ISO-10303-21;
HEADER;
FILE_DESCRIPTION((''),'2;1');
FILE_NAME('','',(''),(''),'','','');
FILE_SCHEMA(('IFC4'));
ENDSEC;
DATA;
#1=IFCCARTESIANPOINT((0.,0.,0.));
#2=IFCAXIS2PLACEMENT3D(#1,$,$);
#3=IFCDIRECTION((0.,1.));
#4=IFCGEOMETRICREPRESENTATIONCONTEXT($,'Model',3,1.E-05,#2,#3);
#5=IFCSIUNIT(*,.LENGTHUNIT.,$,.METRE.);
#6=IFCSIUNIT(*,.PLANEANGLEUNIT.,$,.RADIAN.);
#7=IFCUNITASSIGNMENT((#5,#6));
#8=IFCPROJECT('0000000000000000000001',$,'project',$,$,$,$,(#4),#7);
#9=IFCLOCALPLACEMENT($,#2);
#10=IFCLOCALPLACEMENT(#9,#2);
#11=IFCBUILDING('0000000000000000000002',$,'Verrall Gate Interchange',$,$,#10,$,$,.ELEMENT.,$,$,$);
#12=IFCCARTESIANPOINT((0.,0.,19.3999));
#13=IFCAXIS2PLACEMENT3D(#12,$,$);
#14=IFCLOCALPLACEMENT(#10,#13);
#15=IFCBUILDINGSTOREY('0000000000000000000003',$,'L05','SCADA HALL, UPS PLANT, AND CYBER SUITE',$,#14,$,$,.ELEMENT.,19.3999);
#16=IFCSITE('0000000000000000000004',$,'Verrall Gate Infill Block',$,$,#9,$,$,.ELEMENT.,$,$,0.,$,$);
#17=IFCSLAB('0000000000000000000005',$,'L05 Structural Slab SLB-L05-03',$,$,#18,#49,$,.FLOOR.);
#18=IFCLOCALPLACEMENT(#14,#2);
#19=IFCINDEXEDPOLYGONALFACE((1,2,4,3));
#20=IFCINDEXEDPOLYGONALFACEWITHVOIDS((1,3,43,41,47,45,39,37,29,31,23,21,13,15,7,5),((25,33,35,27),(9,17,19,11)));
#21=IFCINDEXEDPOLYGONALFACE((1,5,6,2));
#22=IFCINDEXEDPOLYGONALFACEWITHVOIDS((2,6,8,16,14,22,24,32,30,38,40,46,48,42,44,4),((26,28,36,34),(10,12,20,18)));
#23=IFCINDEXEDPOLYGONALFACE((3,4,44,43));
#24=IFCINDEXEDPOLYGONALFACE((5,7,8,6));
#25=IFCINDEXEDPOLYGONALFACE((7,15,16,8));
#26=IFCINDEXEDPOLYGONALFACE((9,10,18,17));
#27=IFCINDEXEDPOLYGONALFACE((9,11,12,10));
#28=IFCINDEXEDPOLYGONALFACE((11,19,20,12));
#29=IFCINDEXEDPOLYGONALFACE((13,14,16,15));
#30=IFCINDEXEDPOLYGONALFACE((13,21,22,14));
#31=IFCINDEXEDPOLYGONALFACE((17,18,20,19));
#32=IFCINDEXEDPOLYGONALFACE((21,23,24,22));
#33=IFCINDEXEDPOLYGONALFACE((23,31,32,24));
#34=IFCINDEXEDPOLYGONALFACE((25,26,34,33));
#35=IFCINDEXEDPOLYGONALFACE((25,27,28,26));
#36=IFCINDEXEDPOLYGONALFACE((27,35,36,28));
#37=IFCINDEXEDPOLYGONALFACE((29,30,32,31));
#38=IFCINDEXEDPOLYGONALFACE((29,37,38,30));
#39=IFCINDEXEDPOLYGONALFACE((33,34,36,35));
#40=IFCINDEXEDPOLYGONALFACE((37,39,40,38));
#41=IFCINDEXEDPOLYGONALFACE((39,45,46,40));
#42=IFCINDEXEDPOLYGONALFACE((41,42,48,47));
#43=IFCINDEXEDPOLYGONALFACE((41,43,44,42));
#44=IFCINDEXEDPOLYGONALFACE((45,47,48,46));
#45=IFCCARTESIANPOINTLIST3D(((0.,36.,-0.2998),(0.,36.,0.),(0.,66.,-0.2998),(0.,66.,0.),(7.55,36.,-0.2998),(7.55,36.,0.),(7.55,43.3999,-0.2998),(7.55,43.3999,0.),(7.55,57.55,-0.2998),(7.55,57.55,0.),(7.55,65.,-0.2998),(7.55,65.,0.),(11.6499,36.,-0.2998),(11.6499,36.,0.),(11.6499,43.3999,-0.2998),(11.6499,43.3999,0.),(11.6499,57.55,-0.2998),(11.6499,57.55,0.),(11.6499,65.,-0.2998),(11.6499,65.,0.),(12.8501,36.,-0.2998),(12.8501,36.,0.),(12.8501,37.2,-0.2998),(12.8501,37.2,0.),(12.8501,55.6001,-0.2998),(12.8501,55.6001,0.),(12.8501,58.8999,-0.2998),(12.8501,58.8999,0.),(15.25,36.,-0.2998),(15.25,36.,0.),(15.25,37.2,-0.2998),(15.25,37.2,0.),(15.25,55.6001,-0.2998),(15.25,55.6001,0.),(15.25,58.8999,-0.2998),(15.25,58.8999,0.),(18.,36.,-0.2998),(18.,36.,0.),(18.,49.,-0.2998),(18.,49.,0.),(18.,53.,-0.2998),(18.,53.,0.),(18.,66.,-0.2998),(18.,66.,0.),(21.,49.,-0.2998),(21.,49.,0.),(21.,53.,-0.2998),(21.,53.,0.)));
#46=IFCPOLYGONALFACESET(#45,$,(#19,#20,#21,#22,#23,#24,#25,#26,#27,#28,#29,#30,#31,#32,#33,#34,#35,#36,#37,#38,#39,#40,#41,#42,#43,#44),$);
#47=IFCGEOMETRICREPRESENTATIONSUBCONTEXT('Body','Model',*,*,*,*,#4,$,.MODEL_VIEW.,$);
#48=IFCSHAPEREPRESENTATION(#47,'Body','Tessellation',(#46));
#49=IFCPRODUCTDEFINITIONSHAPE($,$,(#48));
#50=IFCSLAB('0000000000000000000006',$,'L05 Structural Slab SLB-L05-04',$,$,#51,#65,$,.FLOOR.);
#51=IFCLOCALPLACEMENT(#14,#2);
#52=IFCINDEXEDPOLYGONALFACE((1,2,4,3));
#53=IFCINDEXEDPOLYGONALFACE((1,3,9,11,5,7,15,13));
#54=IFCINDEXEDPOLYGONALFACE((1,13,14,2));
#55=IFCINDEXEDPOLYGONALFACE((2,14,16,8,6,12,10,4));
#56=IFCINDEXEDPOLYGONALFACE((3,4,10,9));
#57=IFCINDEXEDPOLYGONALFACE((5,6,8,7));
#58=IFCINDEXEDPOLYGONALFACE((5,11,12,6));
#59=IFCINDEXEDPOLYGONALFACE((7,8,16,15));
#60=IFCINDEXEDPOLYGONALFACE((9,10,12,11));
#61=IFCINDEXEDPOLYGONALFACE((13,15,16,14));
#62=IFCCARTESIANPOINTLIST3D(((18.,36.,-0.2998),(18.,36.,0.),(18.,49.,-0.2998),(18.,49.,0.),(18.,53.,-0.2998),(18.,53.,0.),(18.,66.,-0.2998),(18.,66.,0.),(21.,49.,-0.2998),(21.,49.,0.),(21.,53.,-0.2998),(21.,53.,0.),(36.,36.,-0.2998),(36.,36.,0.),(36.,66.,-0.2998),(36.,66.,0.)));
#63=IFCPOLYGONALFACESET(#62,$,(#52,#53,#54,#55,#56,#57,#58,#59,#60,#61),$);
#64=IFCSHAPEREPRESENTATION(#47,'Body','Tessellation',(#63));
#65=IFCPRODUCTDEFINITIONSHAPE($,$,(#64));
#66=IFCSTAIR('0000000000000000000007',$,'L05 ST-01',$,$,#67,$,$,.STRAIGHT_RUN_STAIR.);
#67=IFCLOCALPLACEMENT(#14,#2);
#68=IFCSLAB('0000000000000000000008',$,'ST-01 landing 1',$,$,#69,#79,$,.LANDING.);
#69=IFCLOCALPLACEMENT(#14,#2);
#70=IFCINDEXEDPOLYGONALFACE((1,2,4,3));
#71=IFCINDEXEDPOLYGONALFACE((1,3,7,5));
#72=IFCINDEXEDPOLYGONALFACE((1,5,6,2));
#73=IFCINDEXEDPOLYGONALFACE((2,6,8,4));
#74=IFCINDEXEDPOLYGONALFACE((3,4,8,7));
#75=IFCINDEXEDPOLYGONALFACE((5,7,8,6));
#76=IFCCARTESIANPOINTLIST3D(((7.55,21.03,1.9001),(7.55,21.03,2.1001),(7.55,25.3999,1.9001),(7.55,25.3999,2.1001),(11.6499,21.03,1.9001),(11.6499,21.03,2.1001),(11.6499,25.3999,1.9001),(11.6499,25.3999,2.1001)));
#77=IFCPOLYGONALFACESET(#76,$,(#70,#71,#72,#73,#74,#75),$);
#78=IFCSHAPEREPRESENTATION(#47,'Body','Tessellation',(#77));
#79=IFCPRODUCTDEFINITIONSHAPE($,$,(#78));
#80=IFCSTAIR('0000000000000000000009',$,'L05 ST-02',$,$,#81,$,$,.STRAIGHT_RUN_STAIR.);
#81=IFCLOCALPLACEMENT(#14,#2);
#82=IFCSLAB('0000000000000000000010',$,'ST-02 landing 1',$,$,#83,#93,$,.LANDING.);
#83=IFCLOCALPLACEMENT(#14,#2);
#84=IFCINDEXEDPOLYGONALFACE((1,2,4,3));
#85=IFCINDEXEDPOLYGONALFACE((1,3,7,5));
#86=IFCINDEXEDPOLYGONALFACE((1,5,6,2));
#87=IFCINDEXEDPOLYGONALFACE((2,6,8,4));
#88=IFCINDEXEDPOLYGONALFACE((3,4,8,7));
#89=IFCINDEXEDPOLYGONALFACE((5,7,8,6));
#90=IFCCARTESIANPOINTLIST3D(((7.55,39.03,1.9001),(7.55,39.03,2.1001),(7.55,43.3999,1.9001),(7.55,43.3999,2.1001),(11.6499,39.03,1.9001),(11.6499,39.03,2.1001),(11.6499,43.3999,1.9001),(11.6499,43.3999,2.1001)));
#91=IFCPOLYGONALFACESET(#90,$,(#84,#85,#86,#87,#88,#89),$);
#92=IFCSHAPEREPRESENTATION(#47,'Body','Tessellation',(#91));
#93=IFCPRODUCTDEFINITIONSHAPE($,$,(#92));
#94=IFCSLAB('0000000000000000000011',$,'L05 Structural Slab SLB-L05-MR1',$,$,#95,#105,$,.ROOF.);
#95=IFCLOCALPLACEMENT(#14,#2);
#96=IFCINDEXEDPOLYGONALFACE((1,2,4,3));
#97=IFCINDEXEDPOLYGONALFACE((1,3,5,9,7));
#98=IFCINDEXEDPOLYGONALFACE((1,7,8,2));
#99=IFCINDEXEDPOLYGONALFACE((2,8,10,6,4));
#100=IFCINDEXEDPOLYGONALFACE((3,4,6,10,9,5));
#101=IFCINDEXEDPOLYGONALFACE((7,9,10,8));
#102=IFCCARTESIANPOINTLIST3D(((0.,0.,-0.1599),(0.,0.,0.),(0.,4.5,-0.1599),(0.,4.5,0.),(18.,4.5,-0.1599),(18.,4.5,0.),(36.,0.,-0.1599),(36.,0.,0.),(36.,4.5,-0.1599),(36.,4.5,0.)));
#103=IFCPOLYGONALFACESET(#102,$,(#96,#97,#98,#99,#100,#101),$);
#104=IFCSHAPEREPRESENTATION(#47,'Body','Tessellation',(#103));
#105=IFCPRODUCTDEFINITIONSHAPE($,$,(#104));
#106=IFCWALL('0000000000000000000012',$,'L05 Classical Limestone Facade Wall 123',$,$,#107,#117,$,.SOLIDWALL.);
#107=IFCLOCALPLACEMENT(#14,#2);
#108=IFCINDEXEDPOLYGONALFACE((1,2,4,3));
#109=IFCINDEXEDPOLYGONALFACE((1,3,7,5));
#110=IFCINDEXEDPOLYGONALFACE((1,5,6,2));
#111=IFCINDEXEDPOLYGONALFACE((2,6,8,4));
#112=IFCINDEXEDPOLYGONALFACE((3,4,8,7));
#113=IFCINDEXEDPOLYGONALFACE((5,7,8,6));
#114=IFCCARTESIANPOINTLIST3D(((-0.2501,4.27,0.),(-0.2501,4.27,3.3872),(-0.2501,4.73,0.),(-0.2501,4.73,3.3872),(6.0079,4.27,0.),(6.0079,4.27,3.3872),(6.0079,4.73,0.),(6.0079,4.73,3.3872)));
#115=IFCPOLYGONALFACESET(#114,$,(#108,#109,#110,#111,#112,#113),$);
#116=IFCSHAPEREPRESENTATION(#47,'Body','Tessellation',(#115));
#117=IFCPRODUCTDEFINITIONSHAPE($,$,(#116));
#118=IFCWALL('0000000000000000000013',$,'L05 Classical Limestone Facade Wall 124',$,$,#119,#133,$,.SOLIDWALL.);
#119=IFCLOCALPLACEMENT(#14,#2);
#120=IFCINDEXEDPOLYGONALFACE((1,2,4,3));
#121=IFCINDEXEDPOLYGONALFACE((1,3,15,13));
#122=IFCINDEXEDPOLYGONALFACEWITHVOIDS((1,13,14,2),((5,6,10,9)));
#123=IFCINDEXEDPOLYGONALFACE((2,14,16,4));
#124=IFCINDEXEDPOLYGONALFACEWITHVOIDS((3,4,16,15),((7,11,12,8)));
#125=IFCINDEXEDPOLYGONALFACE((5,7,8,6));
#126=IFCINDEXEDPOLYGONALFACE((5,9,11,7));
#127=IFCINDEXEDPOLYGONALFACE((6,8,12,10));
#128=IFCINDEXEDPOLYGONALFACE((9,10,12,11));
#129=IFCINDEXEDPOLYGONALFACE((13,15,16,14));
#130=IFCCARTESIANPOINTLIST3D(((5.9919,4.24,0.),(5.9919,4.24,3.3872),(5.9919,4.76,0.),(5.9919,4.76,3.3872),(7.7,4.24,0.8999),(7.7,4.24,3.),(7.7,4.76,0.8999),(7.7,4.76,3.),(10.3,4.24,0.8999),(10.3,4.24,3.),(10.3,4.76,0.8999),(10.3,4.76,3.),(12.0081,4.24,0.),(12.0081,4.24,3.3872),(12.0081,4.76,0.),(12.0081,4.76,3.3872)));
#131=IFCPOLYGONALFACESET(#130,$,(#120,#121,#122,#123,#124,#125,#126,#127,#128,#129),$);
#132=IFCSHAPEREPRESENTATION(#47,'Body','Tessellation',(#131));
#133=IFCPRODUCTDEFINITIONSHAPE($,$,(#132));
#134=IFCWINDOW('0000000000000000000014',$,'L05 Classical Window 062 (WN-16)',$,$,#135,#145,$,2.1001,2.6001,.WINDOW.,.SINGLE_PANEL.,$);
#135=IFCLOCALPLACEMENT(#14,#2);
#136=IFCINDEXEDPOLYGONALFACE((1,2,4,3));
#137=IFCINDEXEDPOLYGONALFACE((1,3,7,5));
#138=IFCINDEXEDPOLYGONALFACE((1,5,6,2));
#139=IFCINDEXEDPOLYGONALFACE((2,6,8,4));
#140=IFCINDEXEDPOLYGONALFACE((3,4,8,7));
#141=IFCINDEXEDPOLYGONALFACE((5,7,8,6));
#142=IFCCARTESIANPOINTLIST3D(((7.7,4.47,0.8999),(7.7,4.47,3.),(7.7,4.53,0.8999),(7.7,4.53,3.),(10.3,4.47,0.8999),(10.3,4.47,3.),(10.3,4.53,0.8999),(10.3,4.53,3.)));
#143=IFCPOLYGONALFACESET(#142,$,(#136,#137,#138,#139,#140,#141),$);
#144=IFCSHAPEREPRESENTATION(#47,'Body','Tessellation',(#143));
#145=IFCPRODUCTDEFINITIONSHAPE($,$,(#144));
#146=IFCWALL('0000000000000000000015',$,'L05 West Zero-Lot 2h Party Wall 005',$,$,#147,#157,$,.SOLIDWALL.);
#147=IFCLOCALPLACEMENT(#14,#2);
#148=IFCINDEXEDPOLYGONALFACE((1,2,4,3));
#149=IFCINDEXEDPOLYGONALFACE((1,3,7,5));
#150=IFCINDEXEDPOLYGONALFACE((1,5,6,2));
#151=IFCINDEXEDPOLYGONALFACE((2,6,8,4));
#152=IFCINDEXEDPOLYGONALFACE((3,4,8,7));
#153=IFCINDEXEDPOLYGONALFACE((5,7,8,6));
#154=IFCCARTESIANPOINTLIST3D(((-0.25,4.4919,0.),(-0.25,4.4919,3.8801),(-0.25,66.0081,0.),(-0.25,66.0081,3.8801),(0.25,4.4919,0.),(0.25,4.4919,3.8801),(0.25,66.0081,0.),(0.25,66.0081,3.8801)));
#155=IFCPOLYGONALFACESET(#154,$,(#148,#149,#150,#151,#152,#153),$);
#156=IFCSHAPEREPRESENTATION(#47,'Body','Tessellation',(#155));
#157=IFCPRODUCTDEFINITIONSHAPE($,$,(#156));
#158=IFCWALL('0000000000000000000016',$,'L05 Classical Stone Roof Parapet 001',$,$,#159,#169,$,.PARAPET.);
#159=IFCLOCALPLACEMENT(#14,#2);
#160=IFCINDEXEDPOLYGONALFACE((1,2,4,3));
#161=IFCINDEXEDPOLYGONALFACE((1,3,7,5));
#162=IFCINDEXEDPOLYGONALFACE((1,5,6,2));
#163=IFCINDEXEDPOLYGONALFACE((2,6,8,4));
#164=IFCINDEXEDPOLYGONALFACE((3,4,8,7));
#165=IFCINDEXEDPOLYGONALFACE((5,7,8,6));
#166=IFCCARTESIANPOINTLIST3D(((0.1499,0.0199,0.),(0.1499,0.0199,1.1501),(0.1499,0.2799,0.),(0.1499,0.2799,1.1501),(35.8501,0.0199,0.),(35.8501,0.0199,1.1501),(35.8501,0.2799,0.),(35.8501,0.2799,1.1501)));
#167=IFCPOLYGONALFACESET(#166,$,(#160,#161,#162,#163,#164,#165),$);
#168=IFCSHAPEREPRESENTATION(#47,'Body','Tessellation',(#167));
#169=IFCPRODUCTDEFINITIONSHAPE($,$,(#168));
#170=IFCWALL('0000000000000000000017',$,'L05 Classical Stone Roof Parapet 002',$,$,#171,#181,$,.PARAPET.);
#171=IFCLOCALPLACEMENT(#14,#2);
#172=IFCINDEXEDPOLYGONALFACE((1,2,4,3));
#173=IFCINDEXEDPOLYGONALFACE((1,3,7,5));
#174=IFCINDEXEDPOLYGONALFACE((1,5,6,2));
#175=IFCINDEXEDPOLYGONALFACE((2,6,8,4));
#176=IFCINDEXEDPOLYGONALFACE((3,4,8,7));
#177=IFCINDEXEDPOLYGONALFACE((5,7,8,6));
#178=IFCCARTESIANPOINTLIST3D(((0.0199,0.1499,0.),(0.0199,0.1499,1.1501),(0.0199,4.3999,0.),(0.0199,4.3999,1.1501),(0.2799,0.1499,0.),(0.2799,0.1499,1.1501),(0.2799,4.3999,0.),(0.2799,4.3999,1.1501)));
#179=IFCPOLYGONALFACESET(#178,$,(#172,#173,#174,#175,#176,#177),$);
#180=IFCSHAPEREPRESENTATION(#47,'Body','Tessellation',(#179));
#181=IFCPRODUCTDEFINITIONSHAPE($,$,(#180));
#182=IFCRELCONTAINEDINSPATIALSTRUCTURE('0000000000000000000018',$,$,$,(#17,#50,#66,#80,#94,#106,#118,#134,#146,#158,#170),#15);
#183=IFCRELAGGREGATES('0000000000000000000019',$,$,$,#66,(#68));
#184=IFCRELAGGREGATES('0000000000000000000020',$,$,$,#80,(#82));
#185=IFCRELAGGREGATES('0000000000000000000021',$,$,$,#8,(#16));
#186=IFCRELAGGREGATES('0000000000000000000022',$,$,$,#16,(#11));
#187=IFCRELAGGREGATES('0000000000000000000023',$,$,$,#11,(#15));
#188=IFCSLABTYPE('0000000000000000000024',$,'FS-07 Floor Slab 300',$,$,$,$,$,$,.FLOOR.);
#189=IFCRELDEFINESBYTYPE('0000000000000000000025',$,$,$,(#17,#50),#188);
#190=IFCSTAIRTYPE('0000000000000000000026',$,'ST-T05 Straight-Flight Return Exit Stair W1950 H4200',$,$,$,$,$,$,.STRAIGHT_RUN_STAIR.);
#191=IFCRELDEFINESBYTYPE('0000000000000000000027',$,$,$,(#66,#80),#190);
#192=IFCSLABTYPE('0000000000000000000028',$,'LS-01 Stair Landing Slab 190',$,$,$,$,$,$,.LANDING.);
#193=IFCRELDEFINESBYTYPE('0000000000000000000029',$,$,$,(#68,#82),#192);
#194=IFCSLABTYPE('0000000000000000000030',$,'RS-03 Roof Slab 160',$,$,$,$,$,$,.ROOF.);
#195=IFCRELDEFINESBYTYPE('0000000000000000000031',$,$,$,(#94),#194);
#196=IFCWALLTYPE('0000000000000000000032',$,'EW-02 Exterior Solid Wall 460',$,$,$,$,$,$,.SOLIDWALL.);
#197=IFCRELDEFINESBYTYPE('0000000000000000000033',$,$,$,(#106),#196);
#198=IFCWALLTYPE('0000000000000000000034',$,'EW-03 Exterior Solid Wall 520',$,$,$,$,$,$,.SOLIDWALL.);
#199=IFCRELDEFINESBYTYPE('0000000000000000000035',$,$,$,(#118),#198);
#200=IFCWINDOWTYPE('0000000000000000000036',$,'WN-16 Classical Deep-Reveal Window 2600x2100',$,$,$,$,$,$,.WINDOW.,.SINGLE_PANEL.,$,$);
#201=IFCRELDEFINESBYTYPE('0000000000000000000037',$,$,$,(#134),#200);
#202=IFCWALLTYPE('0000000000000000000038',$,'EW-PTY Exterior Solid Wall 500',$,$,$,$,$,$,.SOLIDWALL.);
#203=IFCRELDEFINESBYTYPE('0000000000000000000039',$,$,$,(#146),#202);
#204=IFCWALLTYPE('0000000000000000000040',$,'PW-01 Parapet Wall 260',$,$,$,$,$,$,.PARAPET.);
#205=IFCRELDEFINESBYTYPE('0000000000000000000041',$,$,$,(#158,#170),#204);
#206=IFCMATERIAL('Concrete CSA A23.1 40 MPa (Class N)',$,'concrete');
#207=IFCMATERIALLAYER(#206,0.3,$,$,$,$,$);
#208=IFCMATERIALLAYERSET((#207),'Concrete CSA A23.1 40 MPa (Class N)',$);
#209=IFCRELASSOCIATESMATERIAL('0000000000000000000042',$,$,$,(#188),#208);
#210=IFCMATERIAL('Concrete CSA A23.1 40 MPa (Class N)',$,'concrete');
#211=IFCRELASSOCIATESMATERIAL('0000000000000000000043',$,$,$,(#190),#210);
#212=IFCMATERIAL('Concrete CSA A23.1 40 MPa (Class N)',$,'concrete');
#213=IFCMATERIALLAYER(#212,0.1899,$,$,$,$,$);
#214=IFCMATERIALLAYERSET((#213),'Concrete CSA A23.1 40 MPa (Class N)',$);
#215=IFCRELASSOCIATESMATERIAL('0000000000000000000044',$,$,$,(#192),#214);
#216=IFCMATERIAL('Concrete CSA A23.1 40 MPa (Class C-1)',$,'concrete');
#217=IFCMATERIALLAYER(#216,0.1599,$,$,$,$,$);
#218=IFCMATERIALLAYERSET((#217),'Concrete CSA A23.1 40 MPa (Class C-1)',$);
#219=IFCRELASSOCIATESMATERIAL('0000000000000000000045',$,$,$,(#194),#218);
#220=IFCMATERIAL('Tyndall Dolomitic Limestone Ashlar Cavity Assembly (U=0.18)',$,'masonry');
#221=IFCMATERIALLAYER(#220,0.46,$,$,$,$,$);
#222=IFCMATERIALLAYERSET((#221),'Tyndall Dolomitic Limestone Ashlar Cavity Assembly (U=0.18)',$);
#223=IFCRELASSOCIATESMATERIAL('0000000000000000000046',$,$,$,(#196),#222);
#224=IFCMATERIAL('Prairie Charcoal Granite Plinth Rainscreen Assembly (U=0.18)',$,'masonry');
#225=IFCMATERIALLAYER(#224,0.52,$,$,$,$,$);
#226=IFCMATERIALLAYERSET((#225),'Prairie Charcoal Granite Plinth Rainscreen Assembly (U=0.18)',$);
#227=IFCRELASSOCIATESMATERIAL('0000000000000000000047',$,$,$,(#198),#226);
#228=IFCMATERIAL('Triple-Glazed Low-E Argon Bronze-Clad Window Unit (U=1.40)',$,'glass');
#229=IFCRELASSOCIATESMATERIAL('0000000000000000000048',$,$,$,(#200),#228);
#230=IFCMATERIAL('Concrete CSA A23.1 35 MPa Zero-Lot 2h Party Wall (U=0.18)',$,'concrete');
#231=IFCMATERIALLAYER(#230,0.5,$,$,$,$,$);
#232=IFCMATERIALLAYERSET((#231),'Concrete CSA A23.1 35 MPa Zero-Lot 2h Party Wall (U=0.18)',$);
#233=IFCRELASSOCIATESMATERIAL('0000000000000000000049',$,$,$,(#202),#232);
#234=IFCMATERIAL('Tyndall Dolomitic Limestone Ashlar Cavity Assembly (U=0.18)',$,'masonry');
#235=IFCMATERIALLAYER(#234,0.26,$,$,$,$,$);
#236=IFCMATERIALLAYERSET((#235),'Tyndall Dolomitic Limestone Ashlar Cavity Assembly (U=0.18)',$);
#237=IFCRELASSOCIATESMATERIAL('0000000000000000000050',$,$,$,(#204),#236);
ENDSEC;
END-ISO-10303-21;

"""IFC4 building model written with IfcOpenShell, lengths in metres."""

from ifc_helpers import new_model, si_unit, direction, frame, frame_2d, origin, place, context, subcontext, project, spatial, polyline, rectangle, outline, extrude, material, layer, layer_set, type_object, element, fill, aggregate, save


model = new_model("IFC4")

# Units and contexts
model_context = context("Model", 3, precision=1e-05, world=origin(), true_north=direction((0.0, 1.0)))
body_context = subcontext(model_context, "Body", "Model", "MODEL_VIEW")
ifc_project = project(units=[si_unit("LENGTHUNIT", "METRE"), si_unit("PLANEANGLEUNIT", "RADIAN")], contexts=[model_context])

# Site, building, storey
site_placement = place(None, origin())
site = spatial("IfcSite", under=ifc_project, at=site_placement, Name="Verrall Gate Infill Block", CompositionType="ELEMENT", RefElevation=0.0)
building_placement = place(site_placement, origin())
building = spatial("IfcBuilding", under=site, at=building_placement, Name="Verrall Gate Interchange", CompositionType="ELEMENT")
storey_placement = place(building_placement, frame((0.0, 0.0, 19.3999)))
storey = spatial("IfcBuildingStorey", under=building, at=storey_placement, Name="L05", Description="SCADA HALL, UPS PLANT, AND CYBER SUITE", CompositionType="ELEMENT", Elevation=19.3999)

# Slabs
ifc_material_1 = material(Name="Concrete CSA A23.1 40 MPa (Class N)", Category="concrete")
ifc_layer_1 = layer(ifc_material_1, 0.3)
ifc_layer_set_1 = layer_set([ifc_layer_1], Name="Concrete CSA A23.1 40 MPa (Class N)")
slab_type_1 = type_object("IfcSlabType", Name="FS-07 Floor Slab 300", PredefinedType="FLOOR", material=ifc_layer_set_1)
slab_1_placement = place(storey_placement, frame((0.0, 0.0, -0.2998)))
element("IfcSlab", 1, at=slab_1_placement, inside=storey, type_object=slab_type_1, Name="L05 Structural Slab SLB-L05-03", PredefinedType="FLOOR", context=body_context, shape_type="SweptSolid", body=[
    extrude(outline(polyline([(15.25, 37.2), (12.8501, 37.2), (12.8501, 36.0), (11.6499, 36.0), (11.6499, 43.3999), (7.55, 43.3999), (7.55, 36.0), (0.0, 36.0), (0.0, 66.0), (18.0, 66.0), (18.0, 53.0), (21.0, 53.0), (21.0, 49.0), (18.0, 49.0), (18.0, 36.0), (15.25, 36.0), (15.25, 37.2)]), holes=[polyline([(12.8501, 55.6001), (15.25, 55.6001), (15.25, 58.8999), (12.8501, 58.8999), (12.8501, 55.6001)]), polyline([(7.55, 57.55), (11.6499, 57.55), (11.6499, 65.0), (7.55, 65.0), (7.55, 57.55)])]), origin(), (0.0, 0.0, 1.0), 0.2998),
])
slab_2_placement = place(storey_placement, frame((0.0, 0.0, -0.2998)))
element("IfcSlab", 2, at=slab_2_placement, inside=storey, type_object=slab_type_1, Name="L05 Structural Slab SLB-L05-04", PredefinedType="FLOOR", context=body_context, shape_type="SweptSolid", body=[
    extrude(outline(polyline([(36.0, 36.0), (18.0, 36.0), (18.0, 49.0), (21.0, 49.0), (21.0, 53.0), (18.0, 53.0), (18.0, 66.0), (36.0, 66.0), (36.0, 36.0)])), origin(), (0.0, 0.0, 1.0), 0.2998),
])

# Stairs, slabs
ifc_material_2 = material(Name="Concrete CSA A23.1 40 MPa (Class N)", Category="concrete")
stair_type = type_object("IfcStairType", Name="ST-T05 Straight-Flight Return Exit Stair W1950 H4200", PredefinedType="STRAIGHT_RUN_STAIR", material=ifc_material_2)
stair_1_placement = place(storey_placement, origin())
stair_1 = element("IfcStair", 3, at=stair_1_placement, inside=storey, type_object=stair_type, Name="L05 ST-01", PredefinedType="STRAIGHT_RUN_STAIR")
ifc_material_3 = material(Name="Concrete CSA A23.1 40 MPa (Class N)", Category="concrete")
ifc_layer_2 = layer(ifc_material_3, 0.1899)
ifc_layer_set_2 = layer_set([ifc_layer_2], Name="Concrete CSA A23.1 40 MPa (Class N)")
slab_type_2 = type_object("IfcSlabType", Name="LS-01 Stair Landing Slab 190", PredefinedType="LANDING", material=ifc_layer_set_2)
slab_3_placement = place(storey_placement, frame((0.0, 0.0, 1.9001)))
slab_3 = element("IfcSlab", 4, at=slab_3_placement, type_object=slab_type_2, Name="ST-01 landing 1", PredefinedType="LANDING", context=body_context, shape_type="SweptSolid", body=[
    extrude(outline(polyline([(11.6499, 21.03), (11.6499, 25.3999), (7.55, 25.3999), (7.55, 21.03), (11.6499, 21.03)])), origin(), (0.0, 0.0, 1.0), 0.2),
])
aggregate(stair_1, [slab_3])
stair_2_placement = place(storey_placement, origin())
stair_2 = element("IfcStair", 5, at=stair_2_placement, inside=storey, type_object=stair_type, Name="L05 ST-02", PredefinedType="STRAIGHT_RUN_STAIR")
slab_4_placement = place(storey_placement, frame((0.0, 0.0, 1.9001)))
slab_4 = element("IfcSlab", 6, at=slab_4_placement, type_object=slab_type_2, Name="ST-02 landing 1", PredefinedType="LANDING", context=body_context, shape_type="SweptSolid", body=[
    extrude(outline(polyline([(11.6499, 39.03), (11.6499, 43.3999), (7.55, 43.3999), (7.55, 39.03), (11.6499, 39.03)])), origin(), (0.0, 0.0, 1.0), 0.2),
])
aggregate(stair_2, [slab_4])

# Slab
ifc_material_4 = material(Name="Concrete CSA A23.1 40 MPa (Class C-1)", Category="concrete")
ifc_layer_3 = layer(ifc_material_4, 0.1599)
ifc_layer_set_3 = layer_set([ifc_layer_3], Name="Concrete CSA A23.1 40 MPa (Class C-1)")
slab_type_3 = type_object("IfcSlabType", Name="RS-03 Roof Slab 160", PredefinedType="ROOF", material=ifc_layer_set_3)
slab_5_placement = place(storey_placement, frame((0.0, 0.0, -0.1599)))
element("IfcSlab", 7, at=slab_5_placement, inside=storey, type_object=slab_type_3, Name="L05 Structural Slab SLB-L05-MR1", PredefinedType="ROOF", context=body_context, shape_type="SweptSolid", body=[
    extrude(outline(polyline([(0.0, 4.5), (18.0, 4.5), (36.0, 4.5), (36.0, 0.0), (0.0, 0.0), (0.0, 4.5)])), origin(), (0.0, 0.0, 1.0), 0.1599),
])

# Wall
ifc_material_5 = material(Name="Tyndall Dolomitic Limestone Ashlar Cavity Assembly (U=0.18)", Category="masonry")
ifc_layer_4 = layer(ifc_material_5, 0.46)
ifc_layer_set_4 = layer_set([ifc_layer_4], Name="Tyndall Dolomitic Limestone Ashlar Cavity Assembly (U=0.18)")
wall_type_1 = type_object("IfcWallType", Name="EW-02 Exterior Solid Wall 460", PredefinedType="SOLIDWALL", material=ifc_layer_set_4)
wall_1_placement = place(storey_placement, frame((-0.25, 4.5, 0.0), z_axis=(0.0, 0.0, 1.0), x_axis=(1.0, 0.0, 0.0)))
element("IfcWall", 8, at=wall_1_placement, inside=storey, type_object=wall_type_1, Name="L05 Classical Limestone Facade Wall 123", PredefinedType="SOLIDWALL", context=body_context, shape_type="SweptSolid", body=[
    extrude(rectangle(XDim=6.2581, YDim=0.46, at=frame_2d((3.1289, 0.0))), origin(), (0.0, 0.0, 1.0), 3.3872),
])

# Wall, opening, window
ifc_material_6 = material(Name="Prairie Charcoal Granite Plinth Rainscreen Assembly (U=0.18)", Category="masonry")
ifc_layer_5 = layer(ifc_material_6, 0.52)
ifc_layer_set_5 = layer_set([ifc_layer_5], Name="Prairie Charcoal Granite Plinth Rainscreen Assembly (U=0.18)")
wall_type_2 = type_object("IfcWallType", Name="EW-03 Exterior Solid Wall 520", PredefinedType="SOLIDWALL", material=ifc_layer_set_5)
wall_2_placement = place(storey_placement, frame((5.9919, 4.5, 0.0), z_axis=(0.0, 0.0, 1.0), x_axis=(1.0, 0.0, 0.0)))
wall_2 = element("IfcWall", 9, at=wall_2_placement, inside=storey, type_object=wall_type_2, Name="L05 Classical Limestone Facade Wall 124", PredefinedType="SOLIDWALL", context=body_context, shape_type="SweptSolid", body=[
    extrude(rectangle(XDim=6.0161, YDim=0.52, at=frame_2d((3.0081, 0.0))), origin(), (0.0, 0.0, 1.0), 3.3872),
])
opening_placement = place(wall_2_placement, frame((1.708, 0.0, 0.8999)))
opening = element("IfcOpeningElement", 10, at=opening_placement, cuts=wall_2, PredefinedType="OPENING", context=body_context, shape_type="SweptSolid", body=[
    extrude(rectangle(XDim=2.6001, YDim=2.1001, at=frame_2d((1.3, 1.05))), frame((0.0, 0.2749, 0.0), z_axis=(0.0, -1.0, 0.0), x_axis=(1.0, 0.0, 0.0)), (0.0, 0.0, 1.0), 0.5498),
])
ifc_material_7 = material(Name="Triple-Glazed Low-E Argon Bronze-Clad Window Unit (U=1.40)", Category="glass")
window_type = type_object("IfcWindowType", Name="WN-16 Classical Deep-Reveal Window 2600x2100", PartitioningType="SINGLE_PANEL", PredefinedType="WINDOW", material=ifc_material_7)
window_placement = place(opening_placement, origin())
window = element("IfcWindow", 11, at=window_placement, inside=storey, type_object=window_type, Name="L05 Classical Window 062 (WN-16)", OverallHeight=2.1001, OverallWidth=2.6001, PartitioningType="SINGLE_PANEL", PredefinedType="WINDOW", context=body_context, shape_type="SweptSolid", body=[
    extrude(rectangle(XDim=2.6001, YDim=2.1001, at=frame_2d((1.3, 1.05))), frame((0.0, 0.03, 0.0), z_axis=(0.0, -1.0, 0.0), x_axis=(1.0, 0.0, 0.0)), (0.0, 0.0, 1.0), 0.0601),
])
fill(opening, window)

# Walls
ifc_material_8 = material(Name="Concrete CSA A23.1 35 MPa Zero-Lot 2h Party Wall (U=0.18)", Category="concrete")
ifc_layer_6 = layer(ifc_material_8, 0.5)
ifc_layer_set_6 = layer_set([ifc_layer_6], Name="Concrete CSA A23.1 35 MPa Zero-Lot 2h Party Wall (U=0.18)")
wall_type_3 = type_object("IfcWallType", Name="EW-PTY Exterior Solid Wall 500", PredefinedType="SOLIDWALL", material=ifc_layer_set_6)
wall_3_placement = place(storey_placement, frame((0.0, 4.4919, 0.0), z_axis=(0.0, 0.0, 1.0), x_axis=(0.0, 1.0, 0.0)))
element("IfcWall", 12, at=wall_3_placement, inside=storey, type_object=wall_type_3, Name="L05 West Zero-Lot 2h Party Wall 005", PredefinedType="SOLIDWALL", context=body_context, shape_type="SweptSolid", body=[
    extrude(rectangle(XDim=61.5161, YDim=0.5, at=frame_2d((30.7581, 0.0))), origin(), (0.0, 0.0, 1.0), 3.8801),
])
ifc_material_9 = material(Name="Tyndall Dolomitic Limestone Ashlar Cavity Assembly (U=0.18)", Category="masonry")
ifc_layer_7 = layer(ifc_material_9, 0.26)
ifc_layer_set_7 = layer_set([ifc_layer_7], Name="Tyndall Dolomitic Limestone Ashlar Cavity Assembly (U=0.18)")
wall_type_4 = type_object("IfcWallType", Name="PW-01 Parapet Wall 260", PredefinedType="PARAPET", material=ifc_layer_set_7)
wall_4_placement = place(storey_placement, frame((0.1499, 0.1499, 0.0), z_axis=(0.0, 0.0, 1.0), x_axis=(1.0, 0.0, 0.0)))
element("IfcWall", 13, at=wall_4_placement, inside=storey, type_object=wall_type_4, Name="L05 Classical Stone Roof Parapet 001", PredefinedType="PARAPET", context=body_context, shape_type="SweptSolid", body=[
    extrude(rectangle(XDim=35.7002, YDim=0.26, at=frame_2d((17.8501, 0.0))), origin(), (0.0, 0.0, 1.0), 1.1501),
])
wall_5_placement = place(storey_placement, frame((0.1499, 0.1499, 0.0), z_axis=(0.0, 0.0, 1.0), x_axis=(0.0, 1.0, 0.0)))
element("IfcWall", 14, at=wall_5_placement, inside=storey, type_object=wall_type_4, Name="L05 Classical Stone Roof Parapet 002", PredefinedType="PARAPET", context=body_context, shape_type="SweptSolid", body=[
    extrude(rectangle(XDim=4.25, YDim=0.26, at=frame_2d((2.125, 0.0))), origin(), (0.0, 0.0, 1.0), 1.1501),
])

save(model, "model.ifc")
